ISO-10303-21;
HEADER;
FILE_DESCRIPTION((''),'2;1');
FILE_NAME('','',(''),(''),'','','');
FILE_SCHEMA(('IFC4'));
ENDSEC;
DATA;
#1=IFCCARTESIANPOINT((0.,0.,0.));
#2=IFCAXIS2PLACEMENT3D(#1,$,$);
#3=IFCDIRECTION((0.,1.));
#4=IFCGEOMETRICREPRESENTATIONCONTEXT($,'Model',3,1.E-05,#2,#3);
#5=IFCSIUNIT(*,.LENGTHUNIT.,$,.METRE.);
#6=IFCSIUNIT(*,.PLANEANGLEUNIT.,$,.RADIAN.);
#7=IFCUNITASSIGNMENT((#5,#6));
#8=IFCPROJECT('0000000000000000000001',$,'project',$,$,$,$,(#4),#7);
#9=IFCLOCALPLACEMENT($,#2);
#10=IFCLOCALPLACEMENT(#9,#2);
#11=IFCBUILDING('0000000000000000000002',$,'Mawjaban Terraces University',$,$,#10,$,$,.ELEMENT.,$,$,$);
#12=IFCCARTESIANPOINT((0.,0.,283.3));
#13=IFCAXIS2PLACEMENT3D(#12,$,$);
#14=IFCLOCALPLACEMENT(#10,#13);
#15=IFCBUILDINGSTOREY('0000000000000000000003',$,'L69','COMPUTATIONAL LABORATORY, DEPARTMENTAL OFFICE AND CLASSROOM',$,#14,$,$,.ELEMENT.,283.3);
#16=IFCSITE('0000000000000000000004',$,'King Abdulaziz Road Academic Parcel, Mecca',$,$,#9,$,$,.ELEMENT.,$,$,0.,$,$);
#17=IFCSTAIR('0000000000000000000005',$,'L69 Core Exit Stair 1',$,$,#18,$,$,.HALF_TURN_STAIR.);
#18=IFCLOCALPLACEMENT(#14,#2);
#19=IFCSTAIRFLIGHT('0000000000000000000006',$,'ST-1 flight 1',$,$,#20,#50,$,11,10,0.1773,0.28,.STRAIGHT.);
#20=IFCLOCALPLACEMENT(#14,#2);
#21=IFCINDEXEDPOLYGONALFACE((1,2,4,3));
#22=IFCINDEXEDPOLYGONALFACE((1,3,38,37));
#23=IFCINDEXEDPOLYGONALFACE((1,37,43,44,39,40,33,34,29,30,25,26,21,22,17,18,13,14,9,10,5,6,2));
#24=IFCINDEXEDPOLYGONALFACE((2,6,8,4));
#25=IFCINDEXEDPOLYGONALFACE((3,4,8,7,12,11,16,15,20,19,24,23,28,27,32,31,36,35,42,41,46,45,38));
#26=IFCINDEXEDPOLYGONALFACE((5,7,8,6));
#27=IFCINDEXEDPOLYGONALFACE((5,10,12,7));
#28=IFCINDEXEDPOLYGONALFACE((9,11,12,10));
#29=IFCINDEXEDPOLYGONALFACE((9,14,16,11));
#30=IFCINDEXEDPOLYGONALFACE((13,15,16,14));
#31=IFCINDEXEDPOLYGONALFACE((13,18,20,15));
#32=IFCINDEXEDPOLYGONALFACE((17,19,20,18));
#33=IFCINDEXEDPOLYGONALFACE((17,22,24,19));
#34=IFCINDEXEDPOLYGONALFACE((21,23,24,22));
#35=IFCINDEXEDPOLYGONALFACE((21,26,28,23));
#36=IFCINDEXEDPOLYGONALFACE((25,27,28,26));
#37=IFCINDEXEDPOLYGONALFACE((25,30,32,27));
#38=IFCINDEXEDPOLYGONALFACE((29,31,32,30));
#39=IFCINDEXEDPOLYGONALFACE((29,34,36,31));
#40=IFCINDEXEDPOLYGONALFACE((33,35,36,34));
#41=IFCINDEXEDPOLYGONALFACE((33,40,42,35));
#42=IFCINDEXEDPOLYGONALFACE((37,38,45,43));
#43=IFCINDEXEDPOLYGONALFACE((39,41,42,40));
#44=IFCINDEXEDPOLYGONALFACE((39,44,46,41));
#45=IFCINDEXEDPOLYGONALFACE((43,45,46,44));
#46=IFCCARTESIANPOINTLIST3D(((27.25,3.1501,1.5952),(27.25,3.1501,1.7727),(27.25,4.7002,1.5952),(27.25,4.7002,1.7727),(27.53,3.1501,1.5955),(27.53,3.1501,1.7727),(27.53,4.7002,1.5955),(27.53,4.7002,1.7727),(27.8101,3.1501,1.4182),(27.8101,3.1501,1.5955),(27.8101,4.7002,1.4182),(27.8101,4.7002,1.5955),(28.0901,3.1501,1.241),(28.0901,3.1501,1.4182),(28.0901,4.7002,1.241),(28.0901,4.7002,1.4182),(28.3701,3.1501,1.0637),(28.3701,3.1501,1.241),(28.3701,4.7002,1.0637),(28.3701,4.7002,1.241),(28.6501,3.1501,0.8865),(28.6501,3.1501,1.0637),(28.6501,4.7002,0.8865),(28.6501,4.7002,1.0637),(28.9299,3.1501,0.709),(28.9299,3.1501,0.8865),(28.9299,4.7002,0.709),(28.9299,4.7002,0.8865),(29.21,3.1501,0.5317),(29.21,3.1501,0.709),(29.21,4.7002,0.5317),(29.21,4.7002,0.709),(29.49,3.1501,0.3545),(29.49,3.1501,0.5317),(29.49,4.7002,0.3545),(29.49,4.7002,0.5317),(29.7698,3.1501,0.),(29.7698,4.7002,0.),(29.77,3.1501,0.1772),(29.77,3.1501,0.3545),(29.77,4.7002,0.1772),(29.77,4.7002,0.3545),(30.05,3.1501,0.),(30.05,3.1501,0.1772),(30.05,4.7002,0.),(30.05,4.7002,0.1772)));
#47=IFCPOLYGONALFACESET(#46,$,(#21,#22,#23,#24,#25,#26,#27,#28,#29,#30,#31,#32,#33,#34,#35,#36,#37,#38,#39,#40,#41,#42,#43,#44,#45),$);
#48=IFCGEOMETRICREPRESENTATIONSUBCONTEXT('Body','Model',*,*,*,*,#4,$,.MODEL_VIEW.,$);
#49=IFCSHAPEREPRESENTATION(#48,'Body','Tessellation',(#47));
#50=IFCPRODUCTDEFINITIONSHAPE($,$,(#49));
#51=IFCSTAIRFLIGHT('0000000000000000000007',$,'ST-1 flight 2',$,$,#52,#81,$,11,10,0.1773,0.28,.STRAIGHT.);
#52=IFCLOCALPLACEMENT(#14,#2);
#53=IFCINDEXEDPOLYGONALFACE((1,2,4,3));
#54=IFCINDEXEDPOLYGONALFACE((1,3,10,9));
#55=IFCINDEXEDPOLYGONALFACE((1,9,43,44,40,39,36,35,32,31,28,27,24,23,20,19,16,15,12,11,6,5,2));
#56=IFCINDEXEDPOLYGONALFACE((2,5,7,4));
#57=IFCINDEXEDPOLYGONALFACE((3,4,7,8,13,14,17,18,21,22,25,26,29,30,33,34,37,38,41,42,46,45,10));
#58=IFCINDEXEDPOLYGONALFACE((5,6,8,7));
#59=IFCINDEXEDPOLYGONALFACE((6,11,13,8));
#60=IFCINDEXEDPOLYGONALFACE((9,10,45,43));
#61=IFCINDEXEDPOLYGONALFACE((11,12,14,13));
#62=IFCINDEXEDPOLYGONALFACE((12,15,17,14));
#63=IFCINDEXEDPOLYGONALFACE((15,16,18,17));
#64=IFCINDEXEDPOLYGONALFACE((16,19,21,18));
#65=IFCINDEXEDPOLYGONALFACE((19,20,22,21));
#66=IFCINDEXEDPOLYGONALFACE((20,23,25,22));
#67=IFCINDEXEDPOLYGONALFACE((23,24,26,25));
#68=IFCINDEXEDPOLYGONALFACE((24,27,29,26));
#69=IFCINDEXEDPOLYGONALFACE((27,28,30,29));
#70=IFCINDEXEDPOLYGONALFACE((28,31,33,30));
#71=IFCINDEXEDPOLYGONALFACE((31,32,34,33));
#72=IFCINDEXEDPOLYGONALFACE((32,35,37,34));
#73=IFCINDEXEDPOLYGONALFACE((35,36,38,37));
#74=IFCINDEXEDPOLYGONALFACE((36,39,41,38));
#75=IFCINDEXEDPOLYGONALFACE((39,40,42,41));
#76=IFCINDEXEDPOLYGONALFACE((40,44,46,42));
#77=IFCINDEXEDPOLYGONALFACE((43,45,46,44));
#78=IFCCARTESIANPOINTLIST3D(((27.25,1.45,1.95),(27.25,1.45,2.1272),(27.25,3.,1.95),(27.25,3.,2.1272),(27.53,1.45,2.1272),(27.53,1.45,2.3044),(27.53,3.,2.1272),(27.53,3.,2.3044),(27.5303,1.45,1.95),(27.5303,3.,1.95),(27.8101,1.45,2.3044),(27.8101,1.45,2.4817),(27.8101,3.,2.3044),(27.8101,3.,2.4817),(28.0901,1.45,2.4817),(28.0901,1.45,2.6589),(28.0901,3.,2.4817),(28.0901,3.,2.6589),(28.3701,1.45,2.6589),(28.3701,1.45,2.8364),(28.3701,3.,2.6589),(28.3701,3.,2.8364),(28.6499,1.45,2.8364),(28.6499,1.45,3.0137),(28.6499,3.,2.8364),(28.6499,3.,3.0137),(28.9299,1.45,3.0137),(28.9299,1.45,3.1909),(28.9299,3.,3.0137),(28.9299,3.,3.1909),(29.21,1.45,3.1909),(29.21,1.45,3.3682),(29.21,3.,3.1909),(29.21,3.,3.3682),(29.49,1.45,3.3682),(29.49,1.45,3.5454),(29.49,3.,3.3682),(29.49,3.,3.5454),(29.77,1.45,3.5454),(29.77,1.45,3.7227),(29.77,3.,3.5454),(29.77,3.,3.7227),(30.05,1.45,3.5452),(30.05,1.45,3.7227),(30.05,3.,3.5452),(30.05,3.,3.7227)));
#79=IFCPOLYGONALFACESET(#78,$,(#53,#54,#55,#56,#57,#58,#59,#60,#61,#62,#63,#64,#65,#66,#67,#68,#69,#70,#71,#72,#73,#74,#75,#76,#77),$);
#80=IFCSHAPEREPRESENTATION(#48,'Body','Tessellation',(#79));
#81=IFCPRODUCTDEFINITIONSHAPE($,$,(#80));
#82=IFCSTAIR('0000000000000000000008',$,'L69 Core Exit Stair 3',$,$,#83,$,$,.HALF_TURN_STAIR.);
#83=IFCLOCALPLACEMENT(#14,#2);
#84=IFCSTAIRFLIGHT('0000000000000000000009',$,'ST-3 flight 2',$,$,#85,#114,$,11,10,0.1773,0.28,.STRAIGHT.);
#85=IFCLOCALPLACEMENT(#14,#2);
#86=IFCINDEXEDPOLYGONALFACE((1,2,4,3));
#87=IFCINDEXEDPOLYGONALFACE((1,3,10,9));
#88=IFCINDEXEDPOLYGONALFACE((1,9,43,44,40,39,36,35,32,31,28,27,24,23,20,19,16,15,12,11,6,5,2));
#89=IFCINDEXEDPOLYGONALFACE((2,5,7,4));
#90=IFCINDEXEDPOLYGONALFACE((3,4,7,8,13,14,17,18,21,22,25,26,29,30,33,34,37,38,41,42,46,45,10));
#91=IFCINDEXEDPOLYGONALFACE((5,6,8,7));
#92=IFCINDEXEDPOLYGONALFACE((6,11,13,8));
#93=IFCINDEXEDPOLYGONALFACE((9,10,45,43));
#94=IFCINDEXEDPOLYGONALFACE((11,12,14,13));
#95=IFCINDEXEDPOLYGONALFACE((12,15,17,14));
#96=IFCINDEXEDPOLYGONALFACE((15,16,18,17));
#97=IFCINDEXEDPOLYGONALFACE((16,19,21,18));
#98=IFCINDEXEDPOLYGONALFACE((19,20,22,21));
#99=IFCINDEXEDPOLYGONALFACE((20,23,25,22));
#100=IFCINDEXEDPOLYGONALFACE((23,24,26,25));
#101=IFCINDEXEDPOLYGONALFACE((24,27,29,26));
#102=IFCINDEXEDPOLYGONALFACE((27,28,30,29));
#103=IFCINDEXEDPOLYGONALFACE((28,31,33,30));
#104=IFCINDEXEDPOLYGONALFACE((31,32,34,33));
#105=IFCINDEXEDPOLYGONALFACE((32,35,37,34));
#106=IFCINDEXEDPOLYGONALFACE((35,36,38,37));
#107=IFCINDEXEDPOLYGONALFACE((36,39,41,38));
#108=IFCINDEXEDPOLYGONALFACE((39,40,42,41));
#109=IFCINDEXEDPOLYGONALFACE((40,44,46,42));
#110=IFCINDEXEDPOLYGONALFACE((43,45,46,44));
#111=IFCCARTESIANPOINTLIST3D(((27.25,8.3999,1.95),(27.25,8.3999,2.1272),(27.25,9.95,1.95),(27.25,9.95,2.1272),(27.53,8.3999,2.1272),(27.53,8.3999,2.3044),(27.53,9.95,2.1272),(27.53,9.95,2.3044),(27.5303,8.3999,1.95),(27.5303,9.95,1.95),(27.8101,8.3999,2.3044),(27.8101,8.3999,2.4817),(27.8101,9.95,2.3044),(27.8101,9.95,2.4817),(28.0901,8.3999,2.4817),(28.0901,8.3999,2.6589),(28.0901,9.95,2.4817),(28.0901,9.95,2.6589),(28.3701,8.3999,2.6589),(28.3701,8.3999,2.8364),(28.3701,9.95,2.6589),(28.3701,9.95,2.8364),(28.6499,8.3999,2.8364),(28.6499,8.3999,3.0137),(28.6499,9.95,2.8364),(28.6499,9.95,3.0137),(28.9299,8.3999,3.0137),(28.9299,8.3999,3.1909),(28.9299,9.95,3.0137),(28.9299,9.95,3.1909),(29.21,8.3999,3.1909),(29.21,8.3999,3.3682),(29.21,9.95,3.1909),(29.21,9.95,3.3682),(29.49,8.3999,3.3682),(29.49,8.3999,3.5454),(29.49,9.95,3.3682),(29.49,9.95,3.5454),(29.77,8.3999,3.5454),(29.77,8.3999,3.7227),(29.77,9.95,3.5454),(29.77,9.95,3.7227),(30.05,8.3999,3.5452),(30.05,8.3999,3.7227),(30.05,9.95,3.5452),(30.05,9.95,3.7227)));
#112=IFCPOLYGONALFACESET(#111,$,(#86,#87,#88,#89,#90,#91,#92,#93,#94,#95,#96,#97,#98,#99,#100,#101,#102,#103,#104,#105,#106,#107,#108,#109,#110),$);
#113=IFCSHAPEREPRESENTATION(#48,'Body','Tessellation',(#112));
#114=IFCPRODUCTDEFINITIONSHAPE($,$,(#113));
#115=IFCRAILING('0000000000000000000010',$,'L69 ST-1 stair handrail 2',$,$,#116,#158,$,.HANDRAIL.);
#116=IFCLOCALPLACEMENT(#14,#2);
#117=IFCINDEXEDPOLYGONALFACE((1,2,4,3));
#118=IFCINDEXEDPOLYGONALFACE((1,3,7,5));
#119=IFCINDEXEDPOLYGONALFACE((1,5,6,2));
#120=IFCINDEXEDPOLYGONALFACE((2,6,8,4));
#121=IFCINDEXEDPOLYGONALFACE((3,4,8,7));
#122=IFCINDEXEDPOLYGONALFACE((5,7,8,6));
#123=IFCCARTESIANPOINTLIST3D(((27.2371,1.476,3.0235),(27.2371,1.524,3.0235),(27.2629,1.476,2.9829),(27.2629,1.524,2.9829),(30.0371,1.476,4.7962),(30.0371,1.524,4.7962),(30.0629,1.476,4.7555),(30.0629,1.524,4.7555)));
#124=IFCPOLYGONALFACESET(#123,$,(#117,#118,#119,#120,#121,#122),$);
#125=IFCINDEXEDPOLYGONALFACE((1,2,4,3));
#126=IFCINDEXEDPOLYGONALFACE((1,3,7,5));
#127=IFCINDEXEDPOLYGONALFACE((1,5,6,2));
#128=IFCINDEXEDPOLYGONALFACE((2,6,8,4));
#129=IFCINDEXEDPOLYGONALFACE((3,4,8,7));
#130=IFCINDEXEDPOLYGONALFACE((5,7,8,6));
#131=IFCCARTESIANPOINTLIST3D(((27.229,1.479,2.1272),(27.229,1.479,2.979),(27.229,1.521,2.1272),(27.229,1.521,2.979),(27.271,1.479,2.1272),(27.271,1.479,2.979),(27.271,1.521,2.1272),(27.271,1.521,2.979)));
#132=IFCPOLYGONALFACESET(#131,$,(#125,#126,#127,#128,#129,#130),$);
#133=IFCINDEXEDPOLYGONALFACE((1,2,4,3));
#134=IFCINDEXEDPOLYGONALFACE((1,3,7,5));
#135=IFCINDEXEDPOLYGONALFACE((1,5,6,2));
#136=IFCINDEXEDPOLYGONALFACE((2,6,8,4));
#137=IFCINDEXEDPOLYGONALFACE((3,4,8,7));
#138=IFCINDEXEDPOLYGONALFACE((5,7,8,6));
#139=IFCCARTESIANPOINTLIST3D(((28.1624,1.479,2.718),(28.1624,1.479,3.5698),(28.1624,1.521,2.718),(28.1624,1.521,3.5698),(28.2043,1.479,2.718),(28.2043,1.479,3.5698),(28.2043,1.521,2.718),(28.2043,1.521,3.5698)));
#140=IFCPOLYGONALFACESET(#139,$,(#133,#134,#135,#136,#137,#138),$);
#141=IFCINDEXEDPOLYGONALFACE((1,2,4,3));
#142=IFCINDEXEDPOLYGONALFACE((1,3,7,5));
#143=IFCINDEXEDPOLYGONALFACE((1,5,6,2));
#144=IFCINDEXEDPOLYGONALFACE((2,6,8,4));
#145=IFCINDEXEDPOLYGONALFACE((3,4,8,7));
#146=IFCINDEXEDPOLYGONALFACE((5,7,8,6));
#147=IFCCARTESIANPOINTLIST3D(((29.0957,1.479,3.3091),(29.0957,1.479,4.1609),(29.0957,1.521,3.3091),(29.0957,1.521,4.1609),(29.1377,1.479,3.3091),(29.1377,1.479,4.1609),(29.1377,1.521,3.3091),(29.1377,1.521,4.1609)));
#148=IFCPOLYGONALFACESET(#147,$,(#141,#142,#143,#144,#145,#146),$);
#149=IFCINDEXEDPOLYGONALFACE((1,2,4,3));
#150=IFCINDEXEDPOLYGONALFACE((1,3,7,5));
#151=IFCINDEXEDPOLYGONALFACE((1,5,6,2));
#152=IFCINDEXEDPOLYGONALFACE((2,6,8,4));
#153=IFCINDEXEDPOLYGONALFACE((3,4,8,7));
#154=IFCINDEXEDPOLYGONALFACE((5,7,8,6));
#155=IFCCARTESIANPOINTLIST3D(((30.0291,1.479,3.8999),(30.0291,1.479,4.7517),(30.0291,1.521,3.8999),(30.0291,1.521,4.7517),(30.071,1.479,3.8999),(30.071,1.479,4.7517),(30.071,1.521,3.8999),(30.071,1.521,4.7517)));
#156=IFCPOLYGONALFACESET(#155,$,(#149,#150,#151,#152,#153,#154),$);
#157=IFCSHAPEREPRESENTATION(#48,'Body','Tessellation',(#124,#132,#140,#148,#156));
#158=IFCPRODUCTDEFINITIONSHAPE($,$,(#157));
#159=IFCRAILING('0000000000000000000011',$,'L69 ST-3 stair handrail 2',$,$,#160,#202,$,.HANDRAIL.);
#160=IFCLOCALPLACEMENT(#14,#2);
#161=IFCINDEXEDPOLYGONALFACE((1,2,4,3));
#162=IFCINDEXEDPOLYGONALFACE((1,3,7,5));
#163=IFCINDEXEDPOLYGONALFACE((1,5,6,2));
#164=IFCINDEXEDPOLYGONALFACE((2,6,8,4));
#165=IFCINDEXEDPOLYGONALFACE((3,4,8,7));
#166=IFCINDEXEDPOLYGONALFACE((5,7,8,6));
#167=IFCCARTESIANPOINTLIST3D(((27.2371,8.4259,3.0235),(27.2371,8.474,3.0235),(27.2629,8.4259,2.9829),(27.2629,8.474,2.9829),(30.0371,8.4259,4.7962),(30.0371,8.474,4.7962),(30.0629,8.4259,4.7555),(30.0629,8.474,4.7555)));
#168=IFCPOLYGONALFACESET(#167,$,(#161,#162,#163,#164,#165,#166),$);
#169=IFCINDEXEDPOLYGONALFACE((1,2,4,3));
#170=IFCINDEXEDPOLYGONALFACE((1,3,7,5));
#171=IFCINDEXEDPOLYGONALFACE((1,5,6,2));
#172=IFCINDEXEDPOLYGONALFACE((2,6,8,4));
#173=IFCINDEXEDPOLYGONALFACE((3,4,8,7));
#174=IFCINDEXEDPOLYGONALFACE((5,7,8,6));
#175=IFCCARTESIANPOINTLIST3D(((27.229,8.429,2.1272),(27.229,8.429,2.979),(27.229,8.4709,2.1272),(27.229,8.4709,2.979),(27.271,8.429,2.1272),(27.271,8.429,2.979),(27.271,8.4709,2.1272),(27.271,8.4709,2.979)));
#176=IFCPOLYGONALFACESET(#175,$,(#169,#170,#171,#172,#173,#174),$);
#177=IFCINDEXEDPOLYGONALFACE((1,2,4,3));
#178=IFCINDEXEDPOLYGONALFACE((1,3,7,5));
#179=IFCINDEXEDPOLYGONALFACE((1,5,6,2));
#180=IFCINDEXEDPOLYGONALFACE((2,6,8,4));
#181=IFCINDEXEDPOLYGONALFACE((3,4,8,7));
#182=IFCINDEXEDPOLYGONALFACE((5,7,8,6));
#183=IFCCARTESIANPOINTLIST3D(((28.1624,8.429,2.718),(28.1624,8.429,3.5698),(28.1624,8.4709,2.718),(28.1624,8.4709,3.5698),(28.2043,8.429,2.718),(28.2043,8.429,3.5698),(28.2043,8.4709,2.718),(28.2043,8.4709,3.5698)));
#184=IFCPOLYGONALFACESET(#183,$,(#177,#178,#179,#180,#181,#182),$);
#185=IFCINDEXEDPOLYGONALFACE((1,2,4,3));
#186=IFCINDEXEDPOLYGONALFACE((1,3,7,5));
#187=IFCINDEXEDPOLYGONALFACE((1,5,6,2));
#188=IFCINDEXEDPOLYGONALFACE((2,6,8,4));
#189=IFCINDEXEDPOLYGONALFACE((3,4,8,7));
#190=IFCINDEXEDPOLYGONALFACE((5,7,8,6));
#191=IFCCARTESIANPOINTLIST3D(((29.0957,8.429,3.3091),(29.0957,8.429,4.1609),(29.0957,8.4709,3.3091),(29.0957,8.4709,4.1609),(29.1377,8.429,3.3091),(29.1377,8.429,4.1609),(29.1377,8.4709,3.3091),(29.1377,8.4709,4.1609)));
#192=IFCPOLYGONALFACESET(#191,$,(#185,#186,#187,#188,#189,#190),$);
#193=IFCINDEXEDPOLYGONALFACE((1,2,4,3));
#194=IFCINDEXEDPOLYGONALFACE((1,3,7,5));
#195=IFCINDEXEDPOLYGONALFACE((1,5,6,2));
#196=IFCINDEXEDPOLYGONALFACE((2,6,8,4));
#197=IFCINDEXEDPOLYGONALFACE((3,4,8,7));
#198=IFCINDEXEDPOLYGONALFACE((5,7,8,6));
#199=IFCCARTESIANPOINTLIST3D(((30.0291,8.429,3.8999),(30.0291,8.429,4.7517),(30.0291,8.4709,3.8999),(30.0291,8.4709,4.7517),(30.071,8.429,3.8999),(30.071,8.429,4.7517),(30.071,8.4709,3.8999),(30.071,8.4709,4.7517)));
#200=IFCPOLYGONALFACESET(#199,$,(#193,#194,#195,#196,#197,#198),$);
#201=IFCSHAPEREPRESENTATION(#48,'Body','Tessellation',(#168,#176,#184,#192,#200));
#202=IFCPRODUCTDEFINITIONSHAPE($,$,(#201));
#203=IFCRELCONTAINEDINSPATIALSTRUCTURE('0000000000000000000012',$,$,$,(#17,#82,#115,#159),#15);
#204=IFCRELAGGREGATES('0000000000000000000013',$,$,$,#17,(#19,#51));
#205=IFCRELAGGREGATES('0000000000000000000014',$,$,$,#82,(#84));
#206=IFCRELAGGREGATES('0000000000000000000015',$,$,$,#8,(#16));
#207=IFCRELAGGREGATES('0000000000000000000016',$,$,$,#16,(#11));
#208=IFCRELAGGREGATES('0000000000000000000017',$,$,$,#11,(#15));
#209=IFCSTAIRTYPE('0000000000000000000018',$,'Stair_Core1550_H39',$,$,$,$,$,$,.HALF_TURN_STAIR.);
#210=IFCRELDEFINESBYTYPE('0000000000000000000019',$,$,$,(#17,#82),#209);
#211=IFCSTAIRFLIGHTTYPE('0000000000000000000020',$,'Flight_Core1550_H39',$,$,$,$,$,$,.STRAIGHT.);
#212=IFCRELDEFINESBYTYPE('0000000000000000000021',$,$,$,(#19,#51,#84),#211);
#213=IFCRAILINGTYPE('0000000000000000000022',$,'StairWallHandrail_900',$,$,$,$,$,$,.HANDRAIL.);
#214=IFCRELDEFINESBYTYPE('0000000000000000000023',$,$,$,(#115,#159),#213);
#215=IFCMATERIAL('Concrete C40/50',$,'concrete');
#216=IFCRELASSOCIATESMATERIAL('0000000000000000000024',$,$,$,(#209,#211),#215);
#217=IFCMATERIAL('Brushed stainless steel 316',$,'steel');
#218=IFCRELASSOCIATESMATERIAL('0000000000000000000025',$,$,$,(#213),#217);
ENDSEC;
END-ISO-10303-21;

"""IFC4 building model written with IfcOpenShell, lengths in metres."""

from ifc_helpers import new_model, si_unit, direction, frame, origin, origin_2d, place, context, subcontext, project, spatial, polyline, rectangle, outline, extrude, material, type_object, element, aggregate, save


model = new_model("IFC4")

# Units and contexts
model_context = context("Model", 3, precision=1e-05, world=origin(), true_north=direction((0.0, 1.0)))
body_context = subcontext(model_context, "Body", "Model", "MODEL_VIEW")
ifc_project = project(units=[si_unit("LENGTHUNIT", "METRE"), si_unit("PLANEANGLEUNIT", "RADIAN")], contexts=[model_context])

# Site, building, storey
site_placement = place(None, origin())
site = spatial("IfcSite", under=ifc_project, at=site_placement, Name="King Abdulaziz Road Academic Parcel, Mecca", CompositionType="ELEMENT", RefElevation=0.0)
building_placement = place(site_placement, origin())
building = spatial("IfcBuilding", under=site, at=building_placement, Name="Mawjaban Terraces University", CompositionType="ELEMENT")
storey_placement = place(building_placement, frame((0.0, 0.0, 283.3)))
storey = spatial("IfcBuildingStorey", under=building, at=storey_placement, Name="L69", Description="COMPUTATIONAL LABORATORY, DEPARTMENTAL OFFICE AND CLASSROOM", CompositionType="ELEMENT", Elevation=283.3)

# Stair, stair flights
ifc_material_1 = material(Name="Concrete C40/50", Category="concrete")
stair_type = type_object("IfcStairType", Name="Stair_Core1550_H39", PredefinedType="HALF_TURN_STAIR", material=ifc_material_1)
stair_1_placement = place(storey_placement, origin())
stair_1 = element("IfcStair", 1, at=stair_1_placement, inside=storey, type_object=stair_type, Name="L69 Core Exit Stair 1", PredefinedType="HALF_TURN_STAIR")
stair_flight_type = type_object("IfcStairFlightType", Name="Flight_Core1550_H39", PredefinedType="STRAIGHT", material=ifc_material_1)
stair_flight_1_placement = place(storey_placement, frame((30.05, 3.925, 0.0), z_axis=(0.0, 0.0, 1.0), x_axis=(-1.0, 0.0, 0.0)))
stair_flight_1 = element("IfcStairFlight", 2, at=stair_flight_1_placement, type_object=stair_flight_type, Name="ST-1 flight 1", NumberOfRisers=11, NumberOfTreads=10, PredefinedType="STRAIGHT", RiserHeight=0.1773, TreadLength=0.28, context=body_context, shape_type="SweptSolid", body=[
    extrude(outline(polyline([(0.0, 0.0), (0.0, 0.1772), (0.28, 0.1772), (0.28, 0.3545), (0.5601, 0.3545), (0.5601, 0.5317), (0.8401, 0.5317), (0.8401, 0.709), (1.1201, 0.709), (1.1201, 0.8865), (1.3999, 0.8865), (1.3999, 1.0637), (1.6799, 1.0637), (1.6799, 1.241), (1.96, 1.241), (1.96, 1.4182), (2.24, 1.4182), (2.24, 1.5955), (2.52, 1.5955), (2.52, 1.7727), (2.8, 1.7727), (2.8, 1.95), (2.8, 1.5952), (0.2803, 0.0), (0.0, 0.0)])), frame((0.0, 0.7749, 0.0), z_axis=(0.0, -1.0, 0.0), x_axis=(1.0, 0.0, 0.0)), (0.0, 0.0, 1.0), 1.55),
])
stair_flight_2_placement = place(storey_placement, frame((27.25, 2.2251, 1.95), z_axis=(0.0, 0.0, 1.0), x_axis=(1.0, 0.0, 0.0)))
stair_flight_2 = element("IfcStairFlight", 3, at=stair_flight_2_placement, type_object=stair_flight_type, Name="ST-1 flight 2", NumberOfRisers=11, NumberOfTreads=10, PredefinedType="STRAIGHT", RiserHeight=0.1773, TreadLength=0.28, context=body_context, shape_type="SweptSolid", body=[
    extrude(outline(polyline([(0.0, 0.0), (0.0, 0.1772), (0.28, 0.1772), (0.28, 0.3545), (0.5601, 0.3545), (0.5601, 0.5317), (0.8401, 0.5317), (0.8401, 0.709), (1.1201, 0.709), (1.1201, 0.8865), (1.3999, 0.8865), (1.3999, 1.0637), (1.6799, 1.0637), (1.6799, 1.241), (1.96, 1.241), (1.96, 1.4182), (2.24, 1.4182), (2.24, 1.5955), (2.52, 1.5955), (2.52, 1.7727), (2.8, 1.7727), (2.8, 1.95), (2.8, 1.5952), (0.2803, 0.0), (0.0, 0.0)])), frame((0.0, 0.7749, 0.0), z_axis=(0.0, -1.0, 0.0), x_axis=(1.0, 0.0, 0.0)), (0.0, 0.0, 1.0), 1.55),
])
aggregate(stair_1, [stair_flight_1, stair_flight_2])

# Stair, stair flight
stair_2_placement = place(storey_placement, origin())
stair_2 = element("IfcStair", 4, at=stair_2_placement, inside=storey, type_object=stair_type, Name="L69 Core Exit Stair 3", PredefinedType="HALF_TURN_STAIR")
stair_flight_3_placement = place(storey_placement, frame((27.25, 9.175, 1.95), z_axis=(0.0, 0.0, 1.0), x_axis=(1.0, 0.0, 0.0)))
stair_flight_3 = element("IfcStairFlight", 5, at=stair_flight_3_placement, type_object=stair_flight_type, Name="ST-3 flight 2", NumberOfRisers=11, NumberOfTreads=10, PredefinedType="STRAIGHT", RiserHeight=0.1773, TreadLength=0.28, context=body_context, shape_type="SweptSolid", body=[
    extrude(outline(polyline([(0.0, 0.0), (0.0, 0.1772), (0.28, 0.1772), (0.28, 0.3545), (0.5601, 0.3545), (0.5601, 0.5317), (0.8401, 0.5317), (0.8401, 0.709), (1.1201, 0.709), (1.1201, 0.8865), (1.3999, 0.8865), (1.3999, 1.0637), (1.6799, 1.0637), (1.6799, 1.241), (1.96, 1.241), (1.96, 1.4182), (2.24, 1.4182), (2.24, 1.5955), (2.52, 1.5955), (2.52, 1.7727), (2.8, 1.7727), (2.8, 1.95), (2.8, 1.5952), (0.2803, 0.0), (0.0, 0.0)])), frame((0.0, 0.7749, 0.0), z_axis=(0.0, -1.0, 0.0), x_axis=(1.0, 0.0, 0.0)), (0.0, 0.0, 1.0), 1.55),
])
aggregate(stair_2, [stair_flight_3])

# Railings
ifc_material_2 = material(Name="Brushed stainless steel 316", Category="steel")
railing_type_1 = type_object("IfcRailingType", Name="StairWallHandrail_900", PredefinedType="HANDRAIL", material=ifc_material_2)
for number, where, name in (
    (6, (27.25, 1.5, 2.1272), "L69 ST-1 stair handrail 2"),
    (7, (27.25, 8.45, 2.1272), "L69 ST-3 stair handrail 2"),
):
    element("IfcRailing", number, at=place(storey_placement, frame(where)), inside=storey, type_object=railing_type_1, Name=name, PredefinedType="HANDRAIL", context=body_context, shape_type="SweptSolid", body=[
        extrude(rectangle(XDim=0.0481, YDim=0.0481, at=origin_2d()), frame((0.0, 0.0, 0.876), z_axis=(0.844909, 0.0, 0.53491), x_axis=(0.0, 1.0, 0.0)), (0.0, 0.0, 1.0), 3.314),
        extrude(rectangle(XDim=0.042, YDim=0.042, at=origin_2d()), origin(), (0.0, 0.0, 1.0), 0.8518),
        extrude(rectangle(XDim=0.042, YDim=0.042, at=origin_2d()), frame((0.9333, 0.0, 0.5908)), (0.0, 0.0, 1.0), 0.8518),
        extrude(rectangle(XDim=0.042, YDim=0.042, at=origin_2d()), frame((1.8667, 0.0, 1.1819)), (0.0, 0.0, 1.0), 0.8518),
        extrude(rectangle(XDim=0.042, YDim=0.042, at=origin_2d()), frame((2.8, 0.0, 1.7727)), (0.0, 0.0, 1.0), 0.8518),
    ])

save(model, "model.ifc")
